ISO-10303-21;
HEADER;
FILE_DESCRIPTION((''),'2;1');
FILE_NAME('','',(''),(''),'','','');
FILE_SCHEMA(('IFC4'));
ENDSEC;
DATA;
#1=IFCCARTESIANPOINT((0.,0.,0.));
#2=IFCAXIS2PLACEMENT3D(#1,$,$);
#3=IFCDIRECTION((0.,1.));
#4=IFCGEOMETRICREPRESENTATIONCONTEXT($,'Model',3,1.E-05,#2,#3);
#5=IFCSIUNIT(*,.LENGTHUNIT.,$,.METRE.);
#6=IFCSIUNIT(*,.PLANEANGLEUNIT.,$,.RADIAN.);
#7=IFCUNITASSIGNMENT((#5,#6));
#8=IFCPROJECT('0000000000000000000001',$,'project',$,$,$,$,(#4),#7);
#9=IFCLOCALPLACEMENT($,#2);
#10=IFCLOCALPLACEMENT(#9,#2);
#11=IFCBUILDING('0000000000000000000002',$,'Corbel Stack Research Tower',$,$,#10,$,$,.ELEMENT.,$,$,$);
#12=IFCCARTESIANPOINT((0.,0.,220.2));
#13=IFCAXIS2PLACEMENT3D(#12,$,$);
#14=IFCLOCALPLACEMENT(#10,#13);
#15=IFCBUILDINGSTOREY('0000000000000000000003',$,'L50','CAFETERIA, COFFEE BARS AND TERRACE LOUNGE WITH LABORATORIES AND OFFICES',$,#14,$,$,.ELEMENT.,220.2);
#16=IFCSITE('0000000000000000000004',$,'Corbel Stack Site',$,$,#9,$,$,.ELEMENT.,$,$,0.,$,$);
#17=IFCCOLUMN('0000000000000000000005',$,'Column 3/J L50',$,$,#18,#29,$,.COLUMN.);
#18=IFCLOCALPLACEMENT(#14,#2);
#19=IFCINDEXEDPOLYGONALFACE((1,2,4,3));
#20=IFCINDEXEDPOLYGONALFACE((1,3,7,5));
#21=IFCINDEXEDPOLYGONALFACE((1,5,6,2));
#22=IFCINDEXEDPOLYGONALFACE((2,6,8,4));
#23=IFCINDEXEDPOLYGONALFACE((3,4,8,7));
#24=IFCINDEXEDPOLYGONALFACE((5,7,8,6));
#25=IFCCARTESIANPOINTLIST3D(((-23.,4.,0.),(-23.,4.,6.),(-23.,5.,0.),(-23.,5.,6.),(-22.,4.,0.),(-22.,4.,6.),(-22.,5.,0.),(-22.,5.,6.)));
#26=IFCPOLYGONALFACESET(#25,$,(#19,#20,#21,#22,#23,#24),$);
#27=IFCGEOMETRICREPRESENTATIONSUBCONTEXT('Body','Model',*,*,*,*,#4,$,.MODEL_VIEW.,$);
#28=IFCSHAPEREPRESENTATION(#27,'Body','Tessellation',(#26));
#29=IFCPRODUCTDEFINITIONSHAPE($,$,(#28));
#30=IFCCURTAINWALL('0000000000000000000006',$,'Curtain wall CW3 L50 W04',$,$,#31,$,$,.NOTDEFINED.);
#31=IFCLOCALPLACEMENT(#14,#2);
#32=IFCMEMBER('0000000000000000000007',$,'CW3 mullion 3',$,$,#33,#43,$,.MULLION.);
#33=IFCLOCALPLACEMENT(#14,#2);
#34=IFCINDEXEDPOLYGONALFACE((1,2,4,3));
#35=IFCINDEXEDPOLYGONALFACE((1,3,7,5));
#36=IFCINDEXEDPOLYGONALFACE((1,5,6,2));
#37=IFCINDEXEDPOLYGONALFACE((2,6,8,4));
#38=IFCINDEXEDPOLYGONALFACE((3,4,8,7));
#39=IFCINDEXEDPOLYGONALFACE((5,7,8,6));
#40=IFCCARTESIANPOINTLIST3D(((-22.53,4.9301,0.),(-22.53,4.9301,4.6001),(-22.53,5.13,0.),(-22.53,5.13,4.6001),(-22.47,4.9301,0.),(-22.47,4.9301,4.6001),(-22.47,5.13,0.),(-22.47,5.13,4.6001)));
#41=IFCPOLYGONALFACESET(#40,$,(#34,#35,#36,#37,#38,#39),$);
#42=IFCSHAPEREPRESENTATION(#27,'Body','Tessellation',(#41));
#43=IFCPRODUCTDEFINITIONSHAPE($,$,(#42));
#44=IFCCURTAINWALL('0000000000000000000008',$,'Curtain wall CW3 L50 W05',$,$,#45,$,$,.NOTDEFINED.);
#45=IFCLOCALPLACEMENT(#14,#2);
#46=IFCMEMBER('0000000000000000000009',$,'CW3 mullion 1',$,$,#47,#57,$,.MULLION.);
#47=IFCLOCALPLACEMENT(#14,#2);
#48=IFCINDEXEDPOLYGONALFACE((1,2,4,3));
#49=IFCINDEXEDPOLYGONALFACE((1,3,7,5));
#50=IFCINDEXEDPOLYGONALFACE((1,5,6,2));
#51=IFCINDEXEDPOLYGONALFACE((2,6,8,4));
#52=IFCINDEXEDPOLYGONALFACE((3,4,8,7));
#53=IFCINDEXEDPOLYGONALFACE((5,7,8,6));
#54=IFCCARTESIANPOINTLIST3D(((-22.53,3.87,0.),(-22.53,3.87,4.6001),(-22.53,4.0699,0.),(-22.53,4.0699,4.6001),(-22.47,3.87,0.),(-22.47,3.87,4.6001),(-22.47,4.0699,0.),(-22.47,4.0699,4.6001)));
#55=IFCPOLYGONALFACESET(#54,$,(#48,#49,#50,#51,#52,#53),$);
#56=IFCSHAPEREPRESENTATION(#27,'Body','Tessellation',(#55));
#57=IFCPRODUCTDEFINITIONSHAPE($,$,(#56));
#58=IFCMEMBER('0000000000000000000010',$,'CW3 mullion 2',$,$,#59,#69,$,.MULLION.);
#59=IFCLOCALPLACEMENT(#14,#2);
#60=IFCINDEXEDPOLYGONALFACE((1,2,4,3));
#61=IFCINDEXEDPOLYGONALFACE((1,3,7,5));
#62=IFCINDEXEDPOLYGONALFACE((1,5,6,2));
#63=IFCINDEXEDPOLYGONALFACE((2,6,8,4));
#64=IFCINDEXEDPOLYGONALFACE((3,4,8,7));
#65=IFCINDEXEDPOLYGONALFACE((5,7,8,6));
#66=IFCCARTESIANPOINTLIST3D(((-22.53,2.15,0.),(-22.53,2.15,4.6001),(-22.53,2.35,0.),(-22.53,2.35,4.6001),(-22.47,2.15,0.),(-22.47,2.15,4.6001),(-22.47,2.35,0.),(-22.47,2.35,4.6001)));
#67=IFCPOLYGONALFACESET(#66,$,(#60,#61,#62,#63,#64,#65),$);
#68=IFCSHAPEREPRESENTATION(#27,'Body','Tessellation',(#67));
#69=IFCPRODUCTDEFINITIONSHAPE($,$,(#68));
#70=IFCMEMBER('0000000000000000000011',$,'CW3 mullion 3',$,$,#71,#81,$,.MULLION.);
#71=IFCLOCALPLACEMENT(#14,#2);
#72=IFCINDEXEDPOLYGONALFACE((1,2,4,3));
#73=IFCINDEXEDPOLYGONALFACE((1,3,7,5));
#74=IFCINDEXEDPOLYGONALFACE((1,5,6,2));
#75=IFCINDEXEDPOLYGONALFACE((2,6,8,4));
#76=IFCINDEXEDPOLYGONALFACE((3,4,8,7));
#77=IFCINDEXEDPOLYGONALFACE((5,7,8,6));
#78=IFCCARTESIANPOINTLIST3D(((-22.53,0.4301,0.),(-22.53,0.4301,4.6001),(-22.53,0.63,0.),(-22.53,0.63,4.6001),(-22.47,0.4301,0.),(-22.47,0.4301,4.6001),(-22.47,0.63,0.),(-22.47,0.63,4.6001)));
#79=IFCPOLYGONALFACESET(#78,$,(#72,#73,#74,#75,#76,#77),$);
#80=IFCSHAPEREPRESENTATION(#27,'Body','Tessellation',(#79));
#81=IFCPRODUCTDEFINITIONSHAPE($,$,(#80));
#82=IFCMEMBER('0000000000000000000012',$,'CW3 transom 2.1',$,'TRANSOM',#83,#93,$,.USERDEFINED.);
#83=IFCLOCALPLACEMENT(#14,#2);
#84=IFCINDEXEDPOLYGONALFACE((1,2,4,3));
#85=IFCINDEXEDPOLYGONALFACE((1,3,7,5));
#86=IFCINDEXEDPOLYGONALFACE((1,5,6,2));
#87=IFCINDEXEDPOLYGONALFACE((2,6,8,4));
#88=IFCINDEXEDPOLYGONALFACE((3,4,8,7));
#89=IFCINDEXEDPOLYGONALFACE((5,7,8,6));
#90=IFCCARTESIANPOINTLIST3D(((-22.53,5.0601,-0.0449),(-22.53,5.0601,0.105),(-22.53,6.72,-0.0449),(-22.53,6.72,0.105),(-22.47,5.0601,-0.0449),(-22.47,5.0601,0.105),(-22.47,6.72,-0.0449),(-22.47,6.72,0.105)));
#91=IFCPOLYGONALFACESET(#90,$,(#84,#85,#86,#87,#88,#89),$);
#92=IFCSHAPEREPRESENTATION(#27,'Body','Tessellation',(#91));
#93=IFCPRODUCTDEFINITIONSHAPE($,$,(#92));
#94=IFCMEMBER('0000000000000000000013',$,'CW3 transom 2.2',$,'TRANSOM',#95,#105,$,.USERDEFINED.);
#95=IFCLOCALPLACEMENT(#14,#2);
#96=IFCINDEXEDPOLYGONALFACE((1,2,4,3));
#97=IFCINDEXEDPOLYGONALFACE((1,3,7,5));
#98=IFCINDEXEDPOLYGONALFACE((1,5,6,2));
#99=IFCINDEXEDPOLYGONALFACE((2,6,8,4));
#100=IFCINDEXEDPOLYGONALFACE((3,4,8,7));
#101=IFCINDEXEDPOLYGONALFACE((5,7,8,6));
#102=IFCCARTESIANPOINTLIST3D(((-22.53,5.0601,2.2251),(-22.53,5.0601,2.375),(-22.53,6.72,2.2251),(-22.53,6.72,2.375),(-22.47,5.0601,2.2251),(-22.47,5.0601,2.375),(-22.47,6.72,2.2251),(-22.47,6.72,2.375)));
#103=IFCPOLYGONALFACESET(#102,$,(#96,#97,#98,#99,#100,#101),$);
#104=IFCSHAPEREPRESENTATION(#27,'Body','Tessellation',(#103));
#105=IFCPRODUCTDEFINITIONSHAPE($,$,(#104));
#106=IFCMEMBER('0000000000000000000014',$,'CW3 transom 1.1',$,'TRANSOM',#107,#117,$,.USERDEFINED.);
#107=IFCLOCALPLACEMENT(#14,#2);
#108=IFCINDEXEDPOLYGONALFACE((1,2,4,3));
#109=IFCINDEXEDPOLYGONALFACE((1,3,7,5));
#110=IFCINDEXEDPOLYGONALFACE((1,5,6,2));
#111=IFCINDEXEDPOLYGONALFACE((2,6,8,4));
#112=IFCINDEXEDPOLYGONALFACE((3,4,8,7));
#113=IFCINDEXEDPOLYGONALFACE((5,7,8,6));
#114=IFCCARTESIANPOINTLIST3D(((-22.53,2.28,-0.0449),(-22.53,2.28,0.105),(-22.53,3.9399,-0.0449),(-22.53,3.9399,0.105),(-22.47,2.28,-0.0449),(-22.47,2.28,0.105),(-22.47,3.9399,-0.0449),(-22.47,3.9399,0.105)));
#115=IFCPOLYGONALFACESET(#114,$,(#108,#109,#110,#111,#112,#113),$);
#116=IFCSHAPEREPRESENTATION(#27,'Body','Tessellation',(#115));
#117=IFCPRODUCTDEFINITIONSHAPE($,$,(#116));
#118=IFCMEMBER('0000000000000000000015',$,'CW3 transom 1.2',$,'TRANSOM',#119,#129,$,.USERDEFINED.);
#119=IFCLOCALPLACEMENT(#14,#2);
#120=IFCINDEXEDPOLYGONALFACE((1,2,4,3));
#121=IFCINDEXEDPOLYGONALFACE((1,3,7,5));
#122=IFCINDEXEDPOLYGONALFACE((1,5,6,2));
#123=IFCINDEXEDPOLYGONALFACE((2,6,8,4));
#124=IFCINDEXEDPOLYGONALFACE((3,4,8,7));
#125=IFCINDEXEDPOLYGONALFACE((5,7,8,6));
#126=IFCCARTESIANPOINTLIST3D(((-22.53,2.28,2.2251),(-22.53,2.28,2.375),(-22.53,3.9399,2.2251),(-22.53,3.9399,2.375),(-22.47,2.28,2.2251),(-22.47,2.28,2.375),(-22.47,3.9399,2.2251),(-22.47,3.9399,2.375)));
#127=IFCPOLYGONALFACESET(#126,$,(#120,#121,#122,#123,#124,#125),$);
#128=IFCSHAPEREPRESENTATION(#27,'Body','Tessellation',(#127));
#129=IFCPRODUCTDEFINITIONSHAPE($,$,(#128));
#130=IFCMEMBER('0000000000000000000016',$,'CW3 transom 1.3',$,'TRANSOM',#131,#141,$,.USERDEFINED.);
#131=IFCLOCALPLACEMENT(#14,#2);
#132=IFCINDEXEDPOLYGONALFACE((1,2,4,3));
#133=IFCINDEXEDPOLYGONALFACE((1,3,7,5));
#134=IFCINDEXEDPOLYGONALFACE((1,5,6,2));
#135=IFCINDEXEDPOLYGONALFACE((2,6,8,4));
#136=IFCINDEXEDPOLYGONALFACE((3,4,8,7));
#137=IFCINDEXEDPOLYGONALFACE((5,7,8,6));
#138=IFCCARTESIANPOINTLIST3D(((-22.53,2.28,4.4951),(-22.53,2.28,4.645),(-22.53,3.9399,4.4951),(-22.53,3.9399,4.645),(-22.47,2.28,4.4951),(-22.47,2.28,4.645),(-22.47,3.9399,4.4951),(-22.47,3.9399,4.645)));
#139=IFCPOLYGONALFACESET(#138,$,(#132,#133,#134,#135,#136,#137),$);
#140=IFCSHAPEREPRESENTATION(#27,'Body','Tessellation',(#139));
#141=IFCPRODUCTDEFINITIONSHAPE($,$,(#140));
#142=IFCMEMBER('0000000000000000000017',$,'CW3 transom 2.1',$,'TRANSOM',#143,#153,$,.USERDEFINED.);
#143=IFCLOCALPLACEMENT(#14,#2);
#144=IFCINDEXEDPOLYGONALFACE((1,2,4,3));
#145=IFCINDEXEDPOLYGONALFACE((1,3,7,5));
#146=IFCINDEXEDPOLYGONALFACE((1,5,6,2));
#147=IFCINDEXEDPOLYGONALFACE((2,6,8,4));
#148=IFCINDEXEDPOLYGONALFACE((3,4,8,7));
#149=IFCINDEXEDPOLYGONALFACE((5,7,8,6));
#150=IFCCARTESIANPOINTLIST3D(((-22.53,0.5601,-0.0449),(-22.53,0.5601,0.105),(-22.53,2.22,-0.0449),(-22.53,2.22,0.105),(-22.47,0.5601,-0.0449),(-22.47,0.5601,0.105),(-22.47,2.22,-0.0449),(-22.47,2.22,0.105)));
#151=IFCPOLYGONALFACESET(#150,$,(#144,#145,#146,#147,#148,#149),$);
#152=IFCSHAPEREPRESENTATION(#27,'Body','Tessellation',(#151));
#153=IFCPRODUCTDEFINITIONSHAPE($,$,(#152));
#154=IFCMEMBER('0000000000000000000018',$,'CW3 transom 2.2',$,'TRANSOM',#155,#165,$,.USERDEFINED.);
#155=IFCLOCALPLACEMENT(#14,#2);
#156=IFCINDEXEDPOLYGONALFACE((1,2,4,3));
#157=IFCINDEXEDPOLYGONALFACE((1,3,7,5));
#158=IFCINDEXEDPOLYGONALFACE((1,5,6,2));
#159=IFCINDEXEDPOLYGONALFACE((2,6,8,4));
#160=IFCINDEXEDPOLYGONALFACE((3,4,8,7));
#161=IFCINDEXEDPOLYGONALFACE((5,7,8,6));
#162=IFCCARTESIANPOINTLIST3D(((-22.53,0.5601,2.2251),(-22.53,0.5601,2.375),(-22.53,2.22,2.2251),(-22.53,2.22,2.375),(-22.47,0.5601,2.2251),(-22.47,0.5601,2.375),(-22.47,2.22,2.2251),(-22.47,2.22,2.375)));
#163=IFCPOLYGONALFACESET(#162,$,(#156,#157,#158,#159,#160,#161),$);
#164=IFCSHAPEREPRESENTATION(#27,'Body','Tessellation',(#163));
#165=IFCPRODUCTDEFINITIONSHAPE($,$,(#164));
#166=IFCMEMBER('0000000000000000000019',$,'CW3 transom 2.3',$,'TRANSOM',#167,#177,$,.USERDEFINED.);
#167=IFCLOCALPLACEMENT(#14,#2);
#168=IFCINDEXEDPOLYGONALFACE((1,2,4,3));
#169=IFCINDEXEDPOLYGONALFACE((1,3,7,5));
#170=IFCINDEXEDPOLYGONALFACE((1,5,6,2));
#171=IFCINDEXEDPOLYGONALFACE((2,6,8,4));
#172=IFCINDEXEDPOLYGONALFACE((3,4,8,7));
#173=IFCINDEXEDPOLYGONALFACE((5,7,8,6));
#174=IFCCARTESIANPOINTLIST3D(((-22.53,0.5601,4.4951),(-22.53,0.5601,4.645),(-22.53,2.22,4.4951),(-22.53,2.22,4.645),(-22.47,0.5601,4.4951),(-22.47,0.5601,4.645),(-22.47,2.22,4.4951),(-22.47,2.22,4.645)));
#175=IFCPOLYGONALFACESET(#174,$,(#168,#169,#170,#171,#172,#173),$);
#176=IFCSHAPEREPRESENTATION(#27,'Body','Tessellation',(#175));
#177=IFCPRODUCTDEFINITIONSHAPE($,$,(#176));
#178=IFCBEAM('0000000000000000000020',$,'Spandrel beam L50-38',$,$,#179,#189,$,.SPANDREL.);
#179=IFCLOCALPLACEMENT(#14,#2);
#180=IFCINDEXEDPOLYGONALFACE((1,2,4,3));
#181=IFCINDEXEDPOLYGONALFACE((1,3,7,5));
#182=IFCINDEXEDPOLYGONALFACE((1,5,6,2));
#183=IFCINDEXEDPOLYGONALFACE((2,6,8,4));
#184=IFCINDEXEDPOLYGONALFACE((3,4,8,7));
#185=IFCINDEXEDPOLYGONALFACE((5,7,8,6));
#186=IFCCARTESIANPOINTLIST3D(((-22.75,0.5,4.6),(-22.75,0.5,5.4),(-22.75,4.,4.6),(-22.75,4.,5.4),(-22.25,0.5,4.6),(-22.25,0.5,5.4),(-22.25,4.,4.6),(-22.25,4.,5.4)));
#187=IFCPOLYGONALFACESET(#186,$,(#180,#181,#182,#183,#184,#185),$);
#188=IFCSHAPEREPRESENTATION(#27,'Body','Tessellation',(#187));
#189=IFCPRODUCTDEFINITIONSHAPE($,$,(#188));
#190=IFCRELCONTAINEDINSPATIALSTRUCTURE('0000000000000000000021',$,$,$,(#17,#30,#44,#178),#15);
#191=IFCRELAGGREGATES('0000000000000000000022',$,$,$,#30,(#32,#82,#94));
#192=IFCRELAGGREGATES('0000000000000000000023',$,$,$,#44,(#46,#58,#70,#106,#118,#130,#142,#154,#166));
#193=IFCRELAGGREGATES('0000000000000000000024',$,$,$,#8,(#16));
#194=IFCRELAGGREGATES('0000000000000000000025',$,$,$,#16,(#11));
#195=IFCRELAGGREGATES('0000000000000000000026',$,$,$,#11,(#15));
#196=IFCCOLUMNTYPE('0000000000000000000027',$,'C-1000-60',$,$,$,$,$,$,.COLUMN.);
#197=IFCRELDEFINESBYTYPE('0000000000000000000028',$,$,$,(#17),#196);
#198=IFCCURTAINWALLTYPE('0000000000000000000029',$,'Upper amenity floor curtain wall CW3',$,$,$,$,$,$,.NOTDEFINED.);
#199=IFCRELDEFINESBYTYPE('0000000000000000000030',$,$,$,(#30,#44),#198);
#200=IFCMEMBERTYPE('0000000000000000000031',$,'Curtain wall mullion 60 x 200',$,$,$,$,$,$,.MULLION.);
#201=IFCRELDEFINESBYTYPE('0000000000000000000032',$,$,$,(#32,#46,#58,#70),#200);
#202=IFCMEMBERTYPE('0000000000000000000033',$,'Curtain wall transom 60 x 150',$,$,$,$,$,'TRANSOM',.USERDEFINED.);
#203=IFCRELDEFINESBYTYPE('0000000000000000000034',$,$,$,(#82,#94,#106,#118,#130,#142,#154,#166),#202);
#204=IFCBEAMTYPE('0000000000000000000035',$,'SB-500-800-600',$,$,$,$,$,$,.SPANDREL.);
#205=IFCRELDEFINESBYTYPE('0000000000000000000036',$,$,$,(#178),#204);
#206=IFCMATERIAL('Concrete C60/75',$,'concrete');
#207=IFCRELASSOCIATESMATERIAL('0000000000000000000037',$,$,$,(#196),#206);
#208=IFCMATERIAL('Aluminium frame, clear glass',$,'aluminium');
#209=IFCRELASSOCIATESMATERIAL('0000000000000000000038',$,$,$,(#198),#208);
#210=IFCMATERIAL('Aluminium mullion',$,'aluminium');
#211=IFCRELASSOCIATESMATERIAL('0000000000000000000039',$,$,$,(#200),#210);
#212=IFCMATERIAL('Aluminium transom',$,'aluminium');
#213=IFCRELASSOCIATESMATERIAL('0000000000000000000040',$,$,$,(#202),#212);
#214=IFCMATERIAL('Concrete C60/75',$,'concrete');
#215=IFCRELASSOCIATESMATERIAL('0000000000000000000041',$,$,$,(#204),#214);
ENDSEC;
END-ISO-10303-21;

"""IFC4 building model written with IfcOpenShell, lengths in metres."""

from ifc_helpers import new_model, si_unit, direction, frame, origin, origin_2d, place, context, subcontext, project, spatial, rectangle, extrude, material, material_profile, profile_set, type_object, element, aggregate, save


model = new_model("IFC4")

# Units and contexts
model_context = context("Model", 3, precision=1e-05, world=origin(), true_north=direction((0.0, 1.0)))
body_context = subcontext(model_context, "Body", "Model", "MODEL_VIEW")
ifc_project = project(units=[si_unit("LENGTHUNIT", "METRE"), si_unit("PLANEANGLEUNIT", "RADIAN")], contexts=[model_context])

# Site, building, storey
site_placement = place(None, origin())
site = spatial("IfcSite", under=ifc_project, at=site_placement, Name="Corbel Stack Site", CompositionType="ELEMENT", RefElevation=0.0)
building_placement = place(site_placement, origin())
building = spatial("IfcBuilding", under=site, at=building_placement, Name="Corbel Stack Research Tower", CompositionType="ELEMENT")
storey_placement = place(building_placement, frame((0.0, 0.0, 220.2)))
storey = spatial("IfcBuildingStorey", under=building, at=storey_placement, Name="L50", Description="CAFETERIA, COFFEE BARS AND TERRACE LOUNGE WITH LABORATORIES AND OFFICES", CompositionType="ELEMENT", Elevation=220.2)

# Column
ifc_material_1 = material(Name="Concrete C60/75", Category="concrete")
ifc_material_profile_1 = material_profile(ifc_material_1, rectangle(XDim=1.0, YDim=1.0, at=origin_2d()), Name="RC 1000 x 1000")
ifc_profile_set_1 = profile_set([ifc_material_profile_1], Name="Concrete C60/75")
column_type = type_object("IfcColumnType", Name="C-1000-60", PredefinedType="COLUMN", material=ifc_profile_set_1)
column_placement = place(storey_placement, frame((-22.5, 4.5, 0.0), z_axis=(0.0, 0.0, 1.0), x_axis=(1.0, 0.0, 0.0)))
element("IfcColumn", 1, at=column_placement, inside=storey, type_object=column_type, Name="Column 3/J L50", PredefinedType="COLUMN", context=body_context, shape_type="SweptSolid", body=[
    extrude(rectangle(XDim=1.0, YDim=1.0, at=origin_2d()), origin(), (0.0, 0.0, 1.0), 6.0),
])

# Curtain wall, member
ifc_material_2 = material(Name="Aluminium frame, clear glass", Category="aluminium")
curtain_wall_type = type_object("IfcCurtainWallType", Name="Upper amenity floor curtain wall CW3", PredefinedType="NOTDEFINED", material=ifc_material_2)
curtain_wall_1_placement = place(storey_placement, origin())
curtain_wall_1 = element("IfcCurtainWall", 2, at=curtain_wall_1_placement, inside=storey, type_object=curtain_wall_type, Name="Curtain wall CW3 L50 W04", PredefinedType="NOTDEFINED")
ifc_material_3 = material(Name="Aluminium mullion", Category="aluminium")
ifc_material_profile_2 = material_profile(ifc_material_3, rectangle(XDim=0.0601, YDim=0.2, at=origin_2d()), Name="Mullion 60 x 200")
ifc_profile_set_2 = profile_set([ifc_material_profile_2], Name="Aluminium mullion")
member_type_1 = type_object("IfcMemberType", Name="Curtain wall mullion 60 x 200", PredefinedType="MULLION", material=ifc_profile_set_2)
member_1_placement = place(storey_placement, frame((-22.5, 5.03, 0.0), z_axis=(0.0, 0.0, 1.0), x_axis=(1.0, 0.0, 0.0)))
member_1 = element("IfcMember", 3, at=member_1_placement, type_object=member_type_1, Name="CW3 mullion 3", PredefinedType="MULLION", context=body_context, shape_type="SweptSolid", body=[
    extrude(rectangle(XDim=0.0601, YDim=0.2, at=origin_2d()), origin(), (0.0, 0.0, 1.0), 4.6001),
])

# Curtain wall, members
curtain_wall_2_placement = place(storey_placement, origin())
curtain_wall_2 = element("IfcCurtainWall", 4, at=curtain_wall_2_placement, inside=storey, type_object=curtain_wall_type, Name="Curtain wall CW3 L50 W05", PredefinedType="NOTDEFINED")
member_2_placement = place(storey_placement, frame((-22.5, 3.97, 0.0), z_axis=(0.0, 0.0, 1.0), x_axis=(1.0, 0.0, 0.0)))
member_2 = element("IfcMember", 5, at=member_2_placement, type_object=member_type_1, Name="CW3 mullion 1", PredefinedType="MULLION", context=body_context, shape_type="SweptSolid", body=[
    extrude(rectangle(XDim=0.0601, YDim=0.2, at=origin_2d()), origin(), (0.0, 0.0, 1.0), 4.6001),
])
member_3_placement = place(storey_placement, frame((-22.5, 2.25, 0.0), z_axis=(0.0, 0.0, 1.0), x_axis=(1.0, 0.0, 0.0)))
member_3 = element("IfcMember", 6, at=member_3_placement, type_object=member_type_1, Name="CW3 mullion 2", PredefinedType="MULLION", context=body_context, shape_type="SweptSolid", body=[
    extrude(rectangle(XDim=0.0601, YDim=0.2, at=origin_2d()), origin(), (0.0, 0.0, 1.0), 4.6001),
])
member_4_placement = place(storey_placement, frame((-22.5, 0.53, 0.0), z_axis=(0.0, 0.0, 1.0), x_axis=(1.0, 0.0, 0.0)))
member_4 = element("IfcMember", 7, at=member_4_placement, type_object=member_type_1, Name="CW3 mullion 3", PredefinedType="MULLION", context=body_context, shape_type="SweptSolid", body=[
    extrude(rectangle(XDim=0.0601, YDim=0.2, at=origin_2d()), origin(), (0.0, 0.0, 1.0), 4.6001),
])

# Members
ifc_material_4 = material(Name="Aluminium transom", Category="aluminium")
ifc_material_profile_3 = material_profile(ifc_material_4, rectangle(XDim=0.0601, YDim=0.1499, at=origin_2d()), Name="Transom 60 x 150")
ifc_profile_set_3 = profile_set([ifc_material_profile_3], Name="Aluminium transom")
member_type_2 = type_object("IfcMemberType", Name="Curtain wall transom 60 x 150", ElementType="TRANSOM", PredefinedType="USERDEFINED", material=ifc_profile_set_3)
member_5_placement = place(storey_placement, frame((-22.5, 6.72, 0.03), z_axis=(0.0, -1.0, 0.0), x_axis=(1.0, 0.0, 0.0)))
member_5 = element("IfcMember", 8, at=member_5_placement, type_object=member_type_2, Name="CW3 transom 2.1", ObjectType="TRANSOM", PredefinedType="USERDEFINED", context=body_context, shape_type="SweptSolid", body=[
    extrude(rectangle(XDim=0.0601, YDim=0.1499, at=origin_2d()), origin(), (0.0, 0.0, 1.0), 1.6599),
])
member_6_placement = place(storey_placement, frame((-22.5, 6.72, 2.3), z_axis=(0.0, -1.0, 0.0), x_axis=(1.0, 0.0, 0.0)))
member_6 = element("IfcMember", 9, at=member_6_placement, type_object=member_type_2, Name="CW3 transom 2.2", ObjectType="TRANSOM", PredefinedType="USERDEFINED", context=body_context, shape_type="SweptSolid", body=[
    extrude(rectangle(XDim=0.0601, YDim=0.1499, at=origin_2d()), origin(), (0.0, 0.0, 1.0), 1.6599),
])
member_7_placement = place(storey_placement, frame((-22.5, 3.9399, 0.03), z_axis=(0.0, -1.0, 0.0), x_axis=(1.0, 0.0, 0.0)))
member_7 = element("IfcMember", 10, at=member_7_placement, type_object=member_type_2, Name="CW3 transom 1.1", ObjectType="TRANSOM", PredefinedType="USERDEFINED", context=body_context, shape_type="SweptSolid", body=[
    extrude(rectangle(XDim=0.0601, YDim=0.1499, at=origin_2d()), origin(), (0.0, 0.0, 1.0), 1.6599),
])
member_8_placement = place(storey_placement, frame((-22.5, 3.9399, 2.3), z_axis=(0.0, -1.0, 0.0), x_axis=(1.0, 0.0, 0.0)))
member_8 = element("IfcMember", 11, at=member_8_placement, type_object=member_type_2, Name="CW3 transom 1.2", ObjectType="TRANSOM", PredefinedType="USERDEFINED", context=body_context, shape_type="SweptSolid", body=[
    extrude(rectangle(XDim=0.0601, YDim=0.1499, at=origin_2d()), origin(), (0.0, 0.0, 1.0), 1.6599),
])
member_9_placement = place(storey_placement, frame((-22.5, 3.9399, 4.5701), z_axis=(0.0, -1.0, 0.0), x_axis=(1.0, 0.0, 0.0)))
member_9 = element("IfcMember", 12, at=member_9_placement, type_object=member_type_2, Name="CW3 transom 1.3", ObjectType="TRANSOM", PredefinedType="USERDEFINED", context=body_context, shape_type="SweptSolid", body=[
    extrude(rectangle(XDim=0.0601, YDim=0.1499, at=origin_2d()), origin(), (0.0, 0.0, 1.0), 1.6599),
])
member_10_placement = place(storey_placement, frame((-22.5, 2.22, 0.03), z_axis=(0.0, -1.0, 0.0), x_axis=(1.0, 0.0, 0.0)))
member_10 = element("IfcMember", 13, at=member_10_placement, type_object=member_type_2, Name="CW3 transom 2.1", ObjectType="TRANSOM", PredefinedType="USERDEFINED", context=body_context, shape_type="SweptSolid", body=[
    extrude(rectangle(XDim=0.0601, YDim=0.1499, at=origin_2d()), origin(), (0.0, 0.0, 1.0), 1.6599),
])
member_11_placement = place(storey_placement, frame((-22.5, 2.22, 2.3), z_axis=(0.0, -1.0, 0.0), x_axis=(1.0, 0.0, 0.0)))
member_11 = element("IfcMember", 14, at=member_11_placement, type_object=member_type_2, Name="CW3 transom 2.2", ObjectType="TRANSOM", PredefinedType="USERDEFINED", context=body_context, shape_type="SweptSolid", body=[
    extrude(rectangle(XDim=0.0601, YDim=0.1499, at=origin_2d()), origin(), (0.0, 0.0, 1.0), 1.6599),
])
member_12_placement = place(storey_placement, frame((-22.5, 2.22, 4.5701), z_axis=(0.0, -1.0, 0.0), x_axis=(1.0, 0.0, 0.0)))
member_12 = element("IfcMember", 15, at=member_12_placement, type_object=member_type_2, Name="CW3 transom 2.3", ObjectType="TRANSOM", PredefinedType="USERDEFINED", context=body_context, shape_type="SweptSolid", body=[
    extrude(rectangle(XDim=0.0601, YDim=0.1499, at=origin_2d()), origin(), (0.0, 0.0, 1.0), 1.6599),
])

# Beam
ifc_material_5 = material(Name="Concrete C60/75", Category="concrete")
ifc_material_profile_4 = material_profile(ifc_material_5, rectangle(XDim=0.5, YDim=0.8, at=origin_2d()), Name="RC 500 x 800")
ifc_profile_set_4 = profile_set([ifc_material_profile_4], Name="Concrete C60/75")
beam_type = type_object("IfcBeamType", Name="SB-500-800-600", PredefinedType="SPANDREL", material=ifc_profile_set_4)
beam_placement = place(storey_placement, frame((-22.5, 4.0, 5.0), z_axis=(0.0, -1.0, 0.0), x_axis=(1.0, 0.0, 0.0)))
element("IfcBeam", 16, at=beam_placement, inside=storey, type_object=beam_type, Name="Spandrel beam L50-38", PredefinedType="SPANDREL", context=body_context, shape_type="SweptSolid", body=[
    extrude(rectangle(XDim=0.5, YDim=0.8, at=origin_2d()), origin(), (0.0, 0.0, 1.0), 3.5),
])

aggregate(curtain_wall_1, [member_1, member_5, member_6])
aggregate(curtain_wall_2, [member_2, member_3, member_4, member_7, member_8, member_9, member_10, member_11, member_12])

save(model, "model.ifc")
